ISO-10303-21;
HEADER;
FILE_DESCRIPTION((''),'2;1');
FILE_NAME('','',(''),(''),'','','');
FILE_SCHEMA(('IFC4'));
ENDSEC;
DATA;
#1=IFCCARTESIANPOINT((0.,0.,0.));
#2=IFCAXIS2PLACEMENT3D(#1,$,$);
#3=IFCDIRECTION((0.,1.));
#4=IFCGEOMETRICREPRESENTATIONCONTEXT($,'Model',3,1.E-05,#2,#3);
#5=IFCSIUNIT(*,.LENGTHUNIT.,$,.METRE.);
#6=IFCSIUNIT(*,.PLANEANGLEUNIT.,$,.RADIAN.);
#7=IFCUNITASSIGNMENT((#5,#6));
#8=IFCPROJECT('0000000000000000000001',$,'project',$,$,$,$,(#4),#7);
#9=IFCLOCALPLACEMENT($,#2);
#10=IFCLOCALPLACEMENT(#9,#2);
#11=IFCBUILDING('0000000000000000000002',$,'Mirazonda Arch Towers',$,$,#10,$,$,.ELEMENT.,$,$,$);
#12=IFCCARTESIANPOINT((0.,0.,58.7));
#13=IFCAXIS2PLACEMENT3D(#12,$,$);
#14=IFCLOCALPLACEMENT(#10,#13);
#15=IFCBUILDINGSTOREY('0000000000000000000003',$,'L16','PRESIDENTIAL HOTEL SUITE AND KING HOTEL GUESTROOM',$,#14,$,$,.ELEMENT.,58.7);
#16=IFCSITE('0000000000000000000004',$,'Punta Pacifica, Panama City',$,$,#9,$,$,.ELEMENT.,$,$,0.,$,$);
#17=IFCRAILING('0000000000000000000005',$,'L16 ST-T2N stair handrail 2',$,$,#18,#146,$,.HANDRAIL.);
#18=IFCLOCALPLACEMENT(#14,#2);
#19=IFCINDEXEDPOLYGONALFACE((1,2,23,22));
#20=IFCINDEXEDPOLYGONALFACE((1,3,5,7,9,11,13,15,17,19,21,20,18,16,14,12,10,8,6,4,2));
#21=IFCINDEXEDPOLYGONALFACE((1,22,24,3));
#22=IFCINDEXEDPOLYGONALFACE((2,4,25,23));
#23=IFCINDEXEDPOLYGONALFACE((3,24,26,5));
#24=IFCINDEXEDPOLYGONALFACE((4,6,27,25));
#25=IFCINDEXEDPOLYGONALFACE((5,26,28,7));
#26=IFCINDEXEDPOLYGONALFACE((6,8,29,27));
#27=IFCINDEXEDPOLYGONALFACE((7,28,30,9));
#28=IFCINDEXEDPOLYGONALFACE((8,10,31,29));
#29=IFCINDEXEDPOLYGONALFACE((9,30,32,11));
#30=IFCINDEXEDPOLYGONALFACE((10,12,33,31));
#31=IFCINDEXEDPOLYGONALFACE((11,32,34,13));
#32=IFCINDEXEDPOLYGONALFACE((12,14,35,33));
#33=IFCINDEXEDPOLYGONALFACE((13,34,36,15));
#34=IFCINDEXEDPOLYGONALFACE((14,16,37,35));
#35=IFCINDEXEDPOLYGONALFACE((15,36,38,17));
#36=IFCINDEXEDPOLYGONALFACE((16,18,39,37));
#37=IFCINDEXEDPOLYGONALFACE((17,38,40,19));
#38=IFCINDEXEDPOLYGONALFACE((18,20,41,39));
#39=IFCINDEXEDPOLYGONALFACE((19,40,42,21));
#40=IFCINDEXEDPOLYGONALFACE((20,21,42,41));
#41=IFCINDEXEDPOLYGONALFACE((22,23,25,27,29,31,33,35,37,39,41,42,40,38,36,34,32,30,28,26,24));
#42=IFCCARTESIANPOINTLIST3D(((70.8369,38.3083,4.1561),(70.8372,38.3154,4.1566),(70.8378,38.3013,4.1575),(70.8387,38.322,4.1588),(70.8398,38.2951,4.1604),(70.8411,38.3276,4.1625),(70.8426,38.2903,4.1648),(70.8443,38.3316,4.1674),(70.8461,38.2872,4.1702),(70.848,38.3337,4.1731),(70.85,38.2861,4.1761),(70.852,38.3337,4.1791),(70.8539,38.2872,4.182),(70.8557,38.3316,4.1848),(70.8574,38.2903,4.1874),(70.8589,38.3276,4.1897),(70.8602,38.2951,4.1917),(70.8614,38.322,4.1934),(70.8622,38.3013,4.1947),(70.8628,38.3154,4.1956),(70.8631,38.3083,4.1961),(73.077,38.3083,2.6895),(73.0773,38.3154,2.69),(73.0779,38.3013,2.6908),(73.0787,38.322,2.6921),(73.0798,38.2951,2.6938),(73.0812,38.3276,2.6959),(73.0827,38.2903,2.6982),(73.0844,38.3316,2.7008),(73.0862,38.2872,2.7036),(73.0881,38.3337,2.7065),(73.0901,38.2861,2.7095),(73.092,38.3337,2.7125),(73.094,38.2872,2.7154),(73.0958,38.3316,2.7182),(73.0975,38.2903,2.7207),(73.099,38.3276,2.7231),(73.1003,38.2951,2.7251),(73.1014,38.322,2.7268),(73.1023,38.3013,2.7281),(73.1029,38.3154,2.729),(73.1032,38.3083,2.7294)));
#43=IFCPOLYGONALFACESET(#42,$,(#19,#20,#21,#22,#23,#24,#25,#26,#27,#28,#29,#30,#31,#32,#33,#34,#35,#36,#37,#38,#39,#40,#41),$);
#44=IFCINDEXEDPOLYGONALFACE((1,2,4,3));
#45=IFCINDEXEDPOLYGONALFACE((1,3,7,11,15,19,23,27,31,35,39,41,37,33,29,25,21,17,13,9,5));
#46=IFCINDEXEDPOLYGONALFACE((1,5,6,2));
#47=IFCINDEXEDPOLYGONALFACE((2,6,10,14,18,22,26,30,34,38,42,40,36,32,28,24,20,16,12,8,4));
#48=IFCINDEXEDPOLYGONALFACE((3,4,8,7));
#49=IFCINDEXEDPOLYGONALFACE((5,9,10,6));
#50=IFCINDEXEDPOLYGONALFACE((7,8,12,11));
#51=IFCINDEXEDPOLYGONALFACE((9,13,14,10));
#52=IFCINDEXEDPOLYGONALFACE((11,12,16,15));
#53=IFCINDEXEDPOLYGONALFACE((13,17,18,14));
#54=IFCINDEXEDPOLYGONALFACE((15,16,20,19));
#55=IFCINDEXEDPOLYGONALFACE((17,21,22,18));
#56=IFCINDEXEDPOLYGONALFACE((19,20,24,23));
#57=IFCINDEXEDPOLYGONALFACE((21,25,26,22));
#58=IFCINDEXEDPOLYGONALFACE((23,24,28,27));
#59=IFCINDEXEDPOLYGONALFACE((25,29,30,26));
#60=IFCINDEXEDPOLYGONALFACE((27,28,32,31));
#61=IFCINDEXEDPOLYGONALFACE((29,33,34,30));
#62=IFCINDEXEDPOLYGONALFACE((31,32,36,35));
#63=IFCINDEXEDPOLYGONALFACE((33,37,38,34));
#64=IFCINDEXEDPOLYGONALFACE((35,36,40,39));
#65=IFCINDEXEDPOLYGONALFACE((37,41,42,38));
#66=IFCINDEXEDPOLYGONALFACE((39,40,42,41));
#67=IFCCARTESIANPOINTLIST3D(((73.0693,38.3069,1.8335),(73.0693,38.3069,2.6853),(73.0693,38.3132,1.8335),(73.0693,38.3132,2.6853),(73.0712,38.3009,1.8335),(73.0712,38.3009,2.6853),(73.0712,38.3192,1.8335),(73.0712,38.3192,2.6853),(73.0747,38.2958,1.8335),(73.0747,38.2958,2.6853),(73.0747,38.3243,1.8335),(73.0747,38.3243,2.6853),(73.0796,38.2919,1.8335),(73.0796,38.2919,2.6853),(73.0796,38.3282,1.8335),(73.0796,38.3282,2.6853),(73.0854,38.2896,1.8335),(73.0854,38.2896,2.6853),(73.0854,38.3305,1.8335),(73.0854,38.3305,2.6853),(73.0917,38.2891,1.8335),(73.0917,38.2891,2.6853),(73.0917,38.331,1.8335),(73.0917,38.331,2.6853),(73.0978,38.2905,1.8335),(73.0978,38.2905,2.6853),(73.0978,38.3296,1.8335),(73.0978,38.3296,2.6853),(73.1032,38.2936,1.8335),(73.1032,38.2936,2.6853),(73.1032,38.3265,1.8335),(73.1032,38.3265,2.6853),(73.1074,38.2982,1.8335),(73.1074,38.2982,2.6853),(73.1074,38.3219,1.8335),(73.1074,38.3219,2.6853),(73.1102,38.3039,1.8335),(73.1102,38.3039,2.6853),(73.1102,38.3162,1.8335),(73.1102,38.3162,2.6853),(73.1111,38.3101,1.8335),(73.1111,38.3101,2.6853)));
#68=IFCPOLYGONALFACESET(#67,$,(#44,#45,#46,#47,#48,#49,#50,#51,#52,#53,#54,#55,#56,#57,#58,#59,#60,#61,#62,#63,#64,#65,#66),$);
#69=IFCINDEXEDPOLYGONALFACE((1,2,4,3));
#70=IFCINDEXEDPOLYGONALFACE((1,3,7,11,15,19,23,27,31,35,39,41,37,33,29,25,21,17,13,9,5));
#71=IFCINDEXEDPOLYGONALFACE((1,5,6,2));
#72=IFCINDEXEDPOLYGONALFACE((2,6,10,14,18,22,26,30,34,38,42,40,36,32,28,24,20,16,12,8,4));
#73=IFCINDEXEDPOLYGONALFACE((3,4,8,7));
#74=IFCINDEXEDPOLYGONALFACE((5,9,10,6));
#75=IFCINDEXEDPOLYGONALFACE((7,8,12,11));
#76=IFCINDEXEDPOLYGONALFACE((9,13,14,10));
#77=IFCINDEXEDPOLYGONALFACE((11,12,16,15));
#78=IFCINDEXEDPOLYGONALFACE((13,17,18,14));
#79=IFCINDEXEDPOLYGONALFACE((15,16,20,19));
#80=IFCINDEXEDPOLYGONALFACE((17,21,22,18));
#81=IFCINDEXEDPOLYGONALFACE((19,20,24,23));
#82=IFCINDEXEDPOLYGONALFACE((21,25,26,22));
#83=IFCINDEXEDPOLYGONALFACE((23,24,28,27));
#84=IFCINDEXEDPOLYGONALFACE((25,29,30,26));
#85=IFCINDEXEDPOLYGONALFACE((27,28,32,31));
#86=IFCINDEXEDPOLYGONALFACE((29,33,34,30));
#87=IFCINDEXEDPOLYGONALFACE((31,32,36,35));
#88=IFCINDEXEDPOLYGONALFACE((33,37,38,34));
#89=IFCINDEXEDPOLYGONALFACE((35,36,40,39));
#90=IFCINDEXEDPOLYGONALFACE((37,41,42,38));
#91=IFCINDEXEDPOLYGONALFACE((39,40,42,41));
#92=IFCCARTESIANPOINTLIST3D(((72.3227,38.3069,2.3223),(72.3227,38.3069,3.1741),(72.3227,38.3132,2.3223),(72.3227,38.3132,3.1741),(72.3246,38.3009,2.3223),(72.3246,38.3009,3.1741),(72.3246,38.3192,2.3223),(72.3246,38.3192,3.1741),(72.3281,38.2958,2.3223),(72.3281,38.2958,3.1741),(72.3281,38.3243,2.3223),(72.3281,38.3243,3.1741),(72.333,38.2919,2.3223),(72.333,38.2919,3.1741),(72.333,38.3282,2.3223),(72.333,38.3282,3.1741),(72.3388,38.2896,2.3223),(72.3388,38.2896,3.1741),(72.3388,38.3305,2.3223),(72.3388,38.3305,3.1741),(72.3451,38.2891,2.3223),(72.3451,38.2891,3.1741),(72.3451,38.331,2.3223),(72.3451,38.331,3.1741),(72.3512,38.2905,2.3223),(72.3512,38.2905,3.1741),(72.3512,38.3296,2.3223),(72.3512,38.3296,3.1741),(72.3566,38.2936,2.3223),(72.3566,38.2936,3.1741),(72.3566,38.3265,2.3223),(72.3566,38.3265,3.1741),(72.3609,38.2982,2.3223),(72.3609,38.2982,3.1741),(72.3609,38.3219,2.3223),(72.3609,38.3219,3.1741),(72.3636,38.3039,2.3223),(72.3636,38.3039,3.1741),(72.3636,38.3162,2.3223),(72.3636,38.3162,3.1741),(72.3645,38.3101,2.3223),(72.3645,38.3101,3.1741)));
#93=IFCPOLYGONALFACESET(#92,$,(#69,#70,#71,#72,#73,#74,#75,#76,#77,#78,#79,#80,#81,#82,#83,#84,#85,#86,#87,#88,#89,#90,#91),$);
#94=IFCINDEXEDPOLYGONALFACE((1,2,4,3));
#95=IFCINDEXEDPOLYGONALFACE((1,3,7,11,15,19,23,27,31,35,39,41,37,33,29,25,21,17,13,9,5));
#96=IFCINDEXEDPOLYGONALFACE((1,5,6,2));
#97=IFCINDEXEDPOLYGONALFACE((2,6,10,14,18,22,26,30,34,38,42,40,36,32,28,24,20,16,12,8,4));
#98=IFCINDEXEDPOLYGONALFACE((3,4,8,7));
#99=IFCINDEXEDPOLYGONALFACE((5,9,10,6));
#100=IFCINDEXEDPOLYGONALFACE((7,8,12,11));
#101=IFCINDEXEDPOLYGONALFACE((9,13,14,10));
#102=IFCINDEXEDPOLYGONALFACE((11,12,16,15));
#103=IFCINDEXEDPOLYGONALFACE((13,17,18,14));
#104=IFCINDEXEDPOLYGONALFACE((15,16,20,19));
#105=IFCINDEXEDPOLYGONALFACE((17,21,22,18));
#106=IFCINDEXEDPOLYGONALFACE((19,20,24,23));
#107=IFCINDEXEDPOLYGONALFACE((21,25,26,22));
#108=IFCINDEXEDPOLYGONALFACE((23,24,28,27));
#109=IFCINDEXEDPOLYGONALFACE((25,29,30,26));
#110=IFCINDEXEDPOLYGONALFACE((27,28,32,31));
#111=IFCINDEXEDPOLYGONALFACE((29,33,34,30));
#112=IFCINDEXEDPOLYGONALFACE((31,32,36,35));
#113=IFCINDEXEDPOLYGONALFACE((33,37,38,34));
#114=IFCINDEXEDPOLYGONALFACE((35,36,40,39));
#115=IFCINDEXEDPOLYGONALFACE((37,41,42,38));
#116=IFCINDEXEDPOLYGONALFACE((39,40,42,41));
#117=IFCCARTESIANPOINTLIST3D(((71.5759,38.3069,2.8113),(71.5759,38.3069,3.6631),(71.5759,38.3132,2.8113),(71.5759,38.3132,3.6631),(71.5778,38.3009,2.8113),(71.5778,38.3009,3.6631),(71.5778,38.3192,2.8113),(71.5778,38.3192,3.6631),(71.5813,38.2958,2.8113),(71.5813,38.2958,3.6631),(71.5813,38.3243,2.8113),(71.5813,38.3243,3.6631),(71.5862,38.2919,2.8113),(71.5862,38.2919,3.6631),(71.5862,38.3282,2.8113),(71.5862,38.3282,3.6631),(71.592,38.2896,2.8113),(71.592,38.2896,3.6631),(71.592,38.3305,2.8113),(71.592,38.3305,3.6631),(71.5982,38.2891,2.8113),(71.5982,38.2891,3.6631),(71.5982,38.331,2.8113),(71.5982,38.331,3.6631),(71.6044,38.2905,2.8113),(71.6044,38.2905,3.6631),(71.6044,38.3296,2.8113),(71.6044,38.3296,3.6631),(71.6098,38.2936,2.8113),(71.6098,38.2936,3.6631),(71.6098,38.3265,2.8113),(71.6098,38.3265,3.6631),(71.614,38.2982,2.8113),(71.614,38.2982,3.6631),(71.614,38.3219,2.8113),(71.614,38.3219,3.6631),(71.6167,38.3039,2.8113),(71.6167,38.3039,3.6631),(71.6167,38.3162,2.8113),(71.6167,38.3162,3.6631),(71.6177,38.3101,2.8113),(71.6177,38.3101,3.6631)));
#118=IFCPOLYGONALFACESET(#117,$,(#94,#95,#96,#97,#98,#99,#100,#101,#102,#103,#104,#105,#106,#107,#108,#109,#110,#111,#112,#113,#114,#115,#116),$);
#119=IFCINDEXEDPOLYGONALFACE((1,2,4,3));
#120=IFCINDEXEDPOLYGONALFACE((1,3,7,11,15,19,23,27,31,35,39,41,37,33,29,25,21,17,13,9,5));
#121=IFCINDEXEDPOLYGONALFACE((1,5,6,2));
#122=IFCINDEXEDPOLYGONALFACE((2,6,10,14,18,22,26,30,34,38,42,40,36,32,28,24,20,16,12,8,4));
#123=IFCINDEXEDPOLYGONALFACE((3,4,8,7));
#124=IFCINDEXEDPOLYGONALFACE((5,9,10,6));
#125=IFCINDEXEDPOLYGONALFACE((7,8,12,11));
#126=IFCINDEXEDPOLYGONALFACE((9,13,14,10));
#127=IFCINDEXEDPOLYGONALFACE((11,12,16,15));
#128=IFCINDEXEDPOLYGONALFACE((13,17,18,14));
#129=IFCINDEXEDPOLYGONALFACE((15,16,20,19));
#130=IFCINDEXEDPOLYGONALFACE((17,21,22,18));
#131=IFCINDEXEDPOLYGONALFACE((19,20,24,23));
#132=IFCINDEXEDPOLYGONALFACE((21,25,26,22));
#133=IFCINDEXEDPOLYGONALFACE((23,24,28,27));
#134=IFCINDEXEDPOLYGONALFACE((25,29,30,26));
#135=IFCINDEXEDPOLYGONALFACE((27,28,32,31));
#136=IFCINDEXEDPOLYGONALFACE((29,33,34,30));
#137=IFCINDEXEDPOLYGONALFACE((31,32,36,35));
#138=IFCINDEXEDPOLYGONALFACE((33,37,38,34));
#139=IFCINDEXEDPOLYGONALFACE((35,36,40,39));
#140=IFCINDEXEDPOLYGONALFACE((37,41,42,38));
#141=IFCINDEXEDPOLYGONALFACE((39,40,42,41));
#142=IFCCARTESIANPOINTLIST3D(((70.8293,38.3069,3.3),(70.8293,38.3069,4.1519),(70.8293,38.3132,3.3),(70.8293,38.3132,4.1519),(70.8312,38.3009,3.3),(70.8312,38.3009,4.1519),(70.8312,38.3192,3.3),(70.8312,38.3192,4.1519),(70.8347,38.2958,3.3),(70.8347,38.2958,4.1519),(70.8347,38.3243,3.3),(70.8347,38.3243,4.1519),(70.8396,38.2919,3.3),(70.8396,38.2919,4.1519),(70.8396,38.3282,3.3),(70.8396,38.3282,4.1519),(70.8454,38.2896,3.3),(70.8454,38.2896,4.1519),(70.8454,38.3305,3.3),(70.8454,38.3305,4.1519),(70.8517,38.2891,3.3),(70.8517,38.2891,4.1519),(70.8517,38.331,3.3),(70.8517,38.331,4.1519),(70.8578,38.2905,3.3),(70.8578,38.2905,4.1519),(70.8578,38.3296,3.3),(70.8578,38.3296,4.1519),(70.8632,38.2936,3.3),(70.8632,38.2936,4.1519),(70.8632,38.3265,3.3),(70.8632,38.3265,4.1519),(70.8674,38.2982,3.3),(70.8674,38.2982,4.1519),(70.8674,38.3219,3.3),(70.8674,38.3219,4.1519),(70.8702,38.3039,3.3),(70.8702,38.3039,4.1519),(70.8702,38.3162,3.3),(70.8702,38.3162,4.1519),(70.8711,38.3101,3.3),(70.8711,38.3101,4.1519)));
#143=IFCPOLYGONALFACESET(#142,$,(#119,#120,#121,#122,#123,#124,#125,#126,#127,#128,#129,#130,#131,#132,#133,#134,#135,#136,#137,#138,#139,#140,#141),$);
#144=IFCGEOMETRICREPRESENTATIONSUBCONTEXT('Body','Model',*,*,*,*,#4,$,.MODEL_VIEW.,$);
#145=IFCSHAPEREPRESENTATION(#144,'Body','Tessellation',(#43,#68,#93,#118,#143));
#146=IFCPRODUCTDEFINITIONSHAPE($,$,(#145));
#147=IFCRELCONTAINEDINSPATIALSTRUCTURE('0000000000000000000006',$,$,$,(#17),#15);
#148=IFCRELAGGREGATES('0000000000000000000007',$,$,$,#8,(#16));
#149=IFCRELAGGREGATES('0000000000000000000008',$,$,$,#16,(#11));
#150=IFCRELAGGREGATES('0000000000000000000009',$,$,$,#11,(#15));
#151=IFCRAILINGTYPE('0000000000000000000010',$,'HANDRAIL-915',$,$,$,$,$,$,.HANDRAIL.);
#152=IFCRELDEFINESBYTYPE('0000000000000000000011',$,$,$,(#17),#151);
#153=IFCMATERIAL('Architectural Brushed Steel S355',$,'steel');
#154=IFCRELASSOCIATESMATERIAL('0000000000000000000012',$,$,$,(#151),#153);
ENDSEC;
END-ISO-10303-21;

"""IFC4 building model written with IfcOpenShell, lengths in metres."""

from ifc_helpers import new_model, si_unit, direction, frame, origin, origin_2d, place, context, subcontext, project, spatial, circle, extrude, material, type_object, element, save


model = new_model("IFC4")

# Units and contexts
model_context = context("Model", 3, precision=1e-05, world=origin(), true_north=direction((0.0, 1.0)))
body_context = subcontext(model_context, "Body", "Model", "MODEL_VIEW")
ifc_project = project(units=[si_unit("LENGTHUNIT", "METRE"), si_unit("PLANEANGLEUNIT", "RADIAN")], contexts=[model_context])

# Site, building, storey
site_placement = place(None, origin())
site = spatial("IfcSite", under=ifc_project, at=site_placement, Name="Punta Pacifica, Panama City", CompositionType="ELEMENT", RefElevation=0.0)
building_placement = place(site_placement, origin())
building = spatial("IfcBuilding", under=site, at=building_placement, Name="Mirazonda Arch Towers", CompositionType="ELEMENT")
storey_placement = place(building_placement, frame((0.0, 0.0, 58.7)))
storey = spatial("IfcBuildingStorey", under=building, at=storey_placement, Name="L16", Description="PRESIDENTIAL HOTEL SUITE AND KING HOTEL GUESTROOM", CompositionType="ELEMENT", Elevation=58.7)

# Shared definitions
ifc_material_1 = material(Name="Architectural Brushed Steel S355", Category="steel")

# Railing
railing_type_1 = type_object("IfcRailingType", Name="HANDRAIL-915", PredefinedType="HANDRAIL", material=ifc_material_1)
railing_1_placement = place(storey_placement, frame((73.0901, 38.3101, 1.8335)))
element("IfcRailing", 1, at=railing_1_placement, inside=storey, type_object=railing_type_1, Name="L16 ST-T2N stair handrail 2", PredefinedType="HANDRAIL", context=body_context, shape_type="SweptSolid", body=[
    extrude(circle(Radius=0.0239, at=origin_2d()), frame((0.0, 0.0, 0.876), z_axis=(-0.836637, 0.0, 0.547758), x_axis=(0.0, -1.0, 0.0)), (0.0, 0.0, 1.0), 2.6775),
    extrude(circle(Radius=0.021, at=origin_2d()), origin(), (0.0, 0.0, 1.0), 0.8518),
    extrude(circle(Radius=0.021, at=origin_2d()), frame((-0.7466, 0.0, 0.4888)), (0.0, 0.0, 1.0), 0.8518),
    extrude(circle(Radius=0.021, at=origin_2d()), frame((-1.4934, 0.0, 0.9778)), (0.0, 0.0, 1.0), 0.8518),
    extrude(circle(Radius=0.021, at=origin_2d()), frame((-2.24, 0.0, 1.4666)), (0.0, 0.0, 1.0), 0.8518),
])

save(model, "model.ifc")
